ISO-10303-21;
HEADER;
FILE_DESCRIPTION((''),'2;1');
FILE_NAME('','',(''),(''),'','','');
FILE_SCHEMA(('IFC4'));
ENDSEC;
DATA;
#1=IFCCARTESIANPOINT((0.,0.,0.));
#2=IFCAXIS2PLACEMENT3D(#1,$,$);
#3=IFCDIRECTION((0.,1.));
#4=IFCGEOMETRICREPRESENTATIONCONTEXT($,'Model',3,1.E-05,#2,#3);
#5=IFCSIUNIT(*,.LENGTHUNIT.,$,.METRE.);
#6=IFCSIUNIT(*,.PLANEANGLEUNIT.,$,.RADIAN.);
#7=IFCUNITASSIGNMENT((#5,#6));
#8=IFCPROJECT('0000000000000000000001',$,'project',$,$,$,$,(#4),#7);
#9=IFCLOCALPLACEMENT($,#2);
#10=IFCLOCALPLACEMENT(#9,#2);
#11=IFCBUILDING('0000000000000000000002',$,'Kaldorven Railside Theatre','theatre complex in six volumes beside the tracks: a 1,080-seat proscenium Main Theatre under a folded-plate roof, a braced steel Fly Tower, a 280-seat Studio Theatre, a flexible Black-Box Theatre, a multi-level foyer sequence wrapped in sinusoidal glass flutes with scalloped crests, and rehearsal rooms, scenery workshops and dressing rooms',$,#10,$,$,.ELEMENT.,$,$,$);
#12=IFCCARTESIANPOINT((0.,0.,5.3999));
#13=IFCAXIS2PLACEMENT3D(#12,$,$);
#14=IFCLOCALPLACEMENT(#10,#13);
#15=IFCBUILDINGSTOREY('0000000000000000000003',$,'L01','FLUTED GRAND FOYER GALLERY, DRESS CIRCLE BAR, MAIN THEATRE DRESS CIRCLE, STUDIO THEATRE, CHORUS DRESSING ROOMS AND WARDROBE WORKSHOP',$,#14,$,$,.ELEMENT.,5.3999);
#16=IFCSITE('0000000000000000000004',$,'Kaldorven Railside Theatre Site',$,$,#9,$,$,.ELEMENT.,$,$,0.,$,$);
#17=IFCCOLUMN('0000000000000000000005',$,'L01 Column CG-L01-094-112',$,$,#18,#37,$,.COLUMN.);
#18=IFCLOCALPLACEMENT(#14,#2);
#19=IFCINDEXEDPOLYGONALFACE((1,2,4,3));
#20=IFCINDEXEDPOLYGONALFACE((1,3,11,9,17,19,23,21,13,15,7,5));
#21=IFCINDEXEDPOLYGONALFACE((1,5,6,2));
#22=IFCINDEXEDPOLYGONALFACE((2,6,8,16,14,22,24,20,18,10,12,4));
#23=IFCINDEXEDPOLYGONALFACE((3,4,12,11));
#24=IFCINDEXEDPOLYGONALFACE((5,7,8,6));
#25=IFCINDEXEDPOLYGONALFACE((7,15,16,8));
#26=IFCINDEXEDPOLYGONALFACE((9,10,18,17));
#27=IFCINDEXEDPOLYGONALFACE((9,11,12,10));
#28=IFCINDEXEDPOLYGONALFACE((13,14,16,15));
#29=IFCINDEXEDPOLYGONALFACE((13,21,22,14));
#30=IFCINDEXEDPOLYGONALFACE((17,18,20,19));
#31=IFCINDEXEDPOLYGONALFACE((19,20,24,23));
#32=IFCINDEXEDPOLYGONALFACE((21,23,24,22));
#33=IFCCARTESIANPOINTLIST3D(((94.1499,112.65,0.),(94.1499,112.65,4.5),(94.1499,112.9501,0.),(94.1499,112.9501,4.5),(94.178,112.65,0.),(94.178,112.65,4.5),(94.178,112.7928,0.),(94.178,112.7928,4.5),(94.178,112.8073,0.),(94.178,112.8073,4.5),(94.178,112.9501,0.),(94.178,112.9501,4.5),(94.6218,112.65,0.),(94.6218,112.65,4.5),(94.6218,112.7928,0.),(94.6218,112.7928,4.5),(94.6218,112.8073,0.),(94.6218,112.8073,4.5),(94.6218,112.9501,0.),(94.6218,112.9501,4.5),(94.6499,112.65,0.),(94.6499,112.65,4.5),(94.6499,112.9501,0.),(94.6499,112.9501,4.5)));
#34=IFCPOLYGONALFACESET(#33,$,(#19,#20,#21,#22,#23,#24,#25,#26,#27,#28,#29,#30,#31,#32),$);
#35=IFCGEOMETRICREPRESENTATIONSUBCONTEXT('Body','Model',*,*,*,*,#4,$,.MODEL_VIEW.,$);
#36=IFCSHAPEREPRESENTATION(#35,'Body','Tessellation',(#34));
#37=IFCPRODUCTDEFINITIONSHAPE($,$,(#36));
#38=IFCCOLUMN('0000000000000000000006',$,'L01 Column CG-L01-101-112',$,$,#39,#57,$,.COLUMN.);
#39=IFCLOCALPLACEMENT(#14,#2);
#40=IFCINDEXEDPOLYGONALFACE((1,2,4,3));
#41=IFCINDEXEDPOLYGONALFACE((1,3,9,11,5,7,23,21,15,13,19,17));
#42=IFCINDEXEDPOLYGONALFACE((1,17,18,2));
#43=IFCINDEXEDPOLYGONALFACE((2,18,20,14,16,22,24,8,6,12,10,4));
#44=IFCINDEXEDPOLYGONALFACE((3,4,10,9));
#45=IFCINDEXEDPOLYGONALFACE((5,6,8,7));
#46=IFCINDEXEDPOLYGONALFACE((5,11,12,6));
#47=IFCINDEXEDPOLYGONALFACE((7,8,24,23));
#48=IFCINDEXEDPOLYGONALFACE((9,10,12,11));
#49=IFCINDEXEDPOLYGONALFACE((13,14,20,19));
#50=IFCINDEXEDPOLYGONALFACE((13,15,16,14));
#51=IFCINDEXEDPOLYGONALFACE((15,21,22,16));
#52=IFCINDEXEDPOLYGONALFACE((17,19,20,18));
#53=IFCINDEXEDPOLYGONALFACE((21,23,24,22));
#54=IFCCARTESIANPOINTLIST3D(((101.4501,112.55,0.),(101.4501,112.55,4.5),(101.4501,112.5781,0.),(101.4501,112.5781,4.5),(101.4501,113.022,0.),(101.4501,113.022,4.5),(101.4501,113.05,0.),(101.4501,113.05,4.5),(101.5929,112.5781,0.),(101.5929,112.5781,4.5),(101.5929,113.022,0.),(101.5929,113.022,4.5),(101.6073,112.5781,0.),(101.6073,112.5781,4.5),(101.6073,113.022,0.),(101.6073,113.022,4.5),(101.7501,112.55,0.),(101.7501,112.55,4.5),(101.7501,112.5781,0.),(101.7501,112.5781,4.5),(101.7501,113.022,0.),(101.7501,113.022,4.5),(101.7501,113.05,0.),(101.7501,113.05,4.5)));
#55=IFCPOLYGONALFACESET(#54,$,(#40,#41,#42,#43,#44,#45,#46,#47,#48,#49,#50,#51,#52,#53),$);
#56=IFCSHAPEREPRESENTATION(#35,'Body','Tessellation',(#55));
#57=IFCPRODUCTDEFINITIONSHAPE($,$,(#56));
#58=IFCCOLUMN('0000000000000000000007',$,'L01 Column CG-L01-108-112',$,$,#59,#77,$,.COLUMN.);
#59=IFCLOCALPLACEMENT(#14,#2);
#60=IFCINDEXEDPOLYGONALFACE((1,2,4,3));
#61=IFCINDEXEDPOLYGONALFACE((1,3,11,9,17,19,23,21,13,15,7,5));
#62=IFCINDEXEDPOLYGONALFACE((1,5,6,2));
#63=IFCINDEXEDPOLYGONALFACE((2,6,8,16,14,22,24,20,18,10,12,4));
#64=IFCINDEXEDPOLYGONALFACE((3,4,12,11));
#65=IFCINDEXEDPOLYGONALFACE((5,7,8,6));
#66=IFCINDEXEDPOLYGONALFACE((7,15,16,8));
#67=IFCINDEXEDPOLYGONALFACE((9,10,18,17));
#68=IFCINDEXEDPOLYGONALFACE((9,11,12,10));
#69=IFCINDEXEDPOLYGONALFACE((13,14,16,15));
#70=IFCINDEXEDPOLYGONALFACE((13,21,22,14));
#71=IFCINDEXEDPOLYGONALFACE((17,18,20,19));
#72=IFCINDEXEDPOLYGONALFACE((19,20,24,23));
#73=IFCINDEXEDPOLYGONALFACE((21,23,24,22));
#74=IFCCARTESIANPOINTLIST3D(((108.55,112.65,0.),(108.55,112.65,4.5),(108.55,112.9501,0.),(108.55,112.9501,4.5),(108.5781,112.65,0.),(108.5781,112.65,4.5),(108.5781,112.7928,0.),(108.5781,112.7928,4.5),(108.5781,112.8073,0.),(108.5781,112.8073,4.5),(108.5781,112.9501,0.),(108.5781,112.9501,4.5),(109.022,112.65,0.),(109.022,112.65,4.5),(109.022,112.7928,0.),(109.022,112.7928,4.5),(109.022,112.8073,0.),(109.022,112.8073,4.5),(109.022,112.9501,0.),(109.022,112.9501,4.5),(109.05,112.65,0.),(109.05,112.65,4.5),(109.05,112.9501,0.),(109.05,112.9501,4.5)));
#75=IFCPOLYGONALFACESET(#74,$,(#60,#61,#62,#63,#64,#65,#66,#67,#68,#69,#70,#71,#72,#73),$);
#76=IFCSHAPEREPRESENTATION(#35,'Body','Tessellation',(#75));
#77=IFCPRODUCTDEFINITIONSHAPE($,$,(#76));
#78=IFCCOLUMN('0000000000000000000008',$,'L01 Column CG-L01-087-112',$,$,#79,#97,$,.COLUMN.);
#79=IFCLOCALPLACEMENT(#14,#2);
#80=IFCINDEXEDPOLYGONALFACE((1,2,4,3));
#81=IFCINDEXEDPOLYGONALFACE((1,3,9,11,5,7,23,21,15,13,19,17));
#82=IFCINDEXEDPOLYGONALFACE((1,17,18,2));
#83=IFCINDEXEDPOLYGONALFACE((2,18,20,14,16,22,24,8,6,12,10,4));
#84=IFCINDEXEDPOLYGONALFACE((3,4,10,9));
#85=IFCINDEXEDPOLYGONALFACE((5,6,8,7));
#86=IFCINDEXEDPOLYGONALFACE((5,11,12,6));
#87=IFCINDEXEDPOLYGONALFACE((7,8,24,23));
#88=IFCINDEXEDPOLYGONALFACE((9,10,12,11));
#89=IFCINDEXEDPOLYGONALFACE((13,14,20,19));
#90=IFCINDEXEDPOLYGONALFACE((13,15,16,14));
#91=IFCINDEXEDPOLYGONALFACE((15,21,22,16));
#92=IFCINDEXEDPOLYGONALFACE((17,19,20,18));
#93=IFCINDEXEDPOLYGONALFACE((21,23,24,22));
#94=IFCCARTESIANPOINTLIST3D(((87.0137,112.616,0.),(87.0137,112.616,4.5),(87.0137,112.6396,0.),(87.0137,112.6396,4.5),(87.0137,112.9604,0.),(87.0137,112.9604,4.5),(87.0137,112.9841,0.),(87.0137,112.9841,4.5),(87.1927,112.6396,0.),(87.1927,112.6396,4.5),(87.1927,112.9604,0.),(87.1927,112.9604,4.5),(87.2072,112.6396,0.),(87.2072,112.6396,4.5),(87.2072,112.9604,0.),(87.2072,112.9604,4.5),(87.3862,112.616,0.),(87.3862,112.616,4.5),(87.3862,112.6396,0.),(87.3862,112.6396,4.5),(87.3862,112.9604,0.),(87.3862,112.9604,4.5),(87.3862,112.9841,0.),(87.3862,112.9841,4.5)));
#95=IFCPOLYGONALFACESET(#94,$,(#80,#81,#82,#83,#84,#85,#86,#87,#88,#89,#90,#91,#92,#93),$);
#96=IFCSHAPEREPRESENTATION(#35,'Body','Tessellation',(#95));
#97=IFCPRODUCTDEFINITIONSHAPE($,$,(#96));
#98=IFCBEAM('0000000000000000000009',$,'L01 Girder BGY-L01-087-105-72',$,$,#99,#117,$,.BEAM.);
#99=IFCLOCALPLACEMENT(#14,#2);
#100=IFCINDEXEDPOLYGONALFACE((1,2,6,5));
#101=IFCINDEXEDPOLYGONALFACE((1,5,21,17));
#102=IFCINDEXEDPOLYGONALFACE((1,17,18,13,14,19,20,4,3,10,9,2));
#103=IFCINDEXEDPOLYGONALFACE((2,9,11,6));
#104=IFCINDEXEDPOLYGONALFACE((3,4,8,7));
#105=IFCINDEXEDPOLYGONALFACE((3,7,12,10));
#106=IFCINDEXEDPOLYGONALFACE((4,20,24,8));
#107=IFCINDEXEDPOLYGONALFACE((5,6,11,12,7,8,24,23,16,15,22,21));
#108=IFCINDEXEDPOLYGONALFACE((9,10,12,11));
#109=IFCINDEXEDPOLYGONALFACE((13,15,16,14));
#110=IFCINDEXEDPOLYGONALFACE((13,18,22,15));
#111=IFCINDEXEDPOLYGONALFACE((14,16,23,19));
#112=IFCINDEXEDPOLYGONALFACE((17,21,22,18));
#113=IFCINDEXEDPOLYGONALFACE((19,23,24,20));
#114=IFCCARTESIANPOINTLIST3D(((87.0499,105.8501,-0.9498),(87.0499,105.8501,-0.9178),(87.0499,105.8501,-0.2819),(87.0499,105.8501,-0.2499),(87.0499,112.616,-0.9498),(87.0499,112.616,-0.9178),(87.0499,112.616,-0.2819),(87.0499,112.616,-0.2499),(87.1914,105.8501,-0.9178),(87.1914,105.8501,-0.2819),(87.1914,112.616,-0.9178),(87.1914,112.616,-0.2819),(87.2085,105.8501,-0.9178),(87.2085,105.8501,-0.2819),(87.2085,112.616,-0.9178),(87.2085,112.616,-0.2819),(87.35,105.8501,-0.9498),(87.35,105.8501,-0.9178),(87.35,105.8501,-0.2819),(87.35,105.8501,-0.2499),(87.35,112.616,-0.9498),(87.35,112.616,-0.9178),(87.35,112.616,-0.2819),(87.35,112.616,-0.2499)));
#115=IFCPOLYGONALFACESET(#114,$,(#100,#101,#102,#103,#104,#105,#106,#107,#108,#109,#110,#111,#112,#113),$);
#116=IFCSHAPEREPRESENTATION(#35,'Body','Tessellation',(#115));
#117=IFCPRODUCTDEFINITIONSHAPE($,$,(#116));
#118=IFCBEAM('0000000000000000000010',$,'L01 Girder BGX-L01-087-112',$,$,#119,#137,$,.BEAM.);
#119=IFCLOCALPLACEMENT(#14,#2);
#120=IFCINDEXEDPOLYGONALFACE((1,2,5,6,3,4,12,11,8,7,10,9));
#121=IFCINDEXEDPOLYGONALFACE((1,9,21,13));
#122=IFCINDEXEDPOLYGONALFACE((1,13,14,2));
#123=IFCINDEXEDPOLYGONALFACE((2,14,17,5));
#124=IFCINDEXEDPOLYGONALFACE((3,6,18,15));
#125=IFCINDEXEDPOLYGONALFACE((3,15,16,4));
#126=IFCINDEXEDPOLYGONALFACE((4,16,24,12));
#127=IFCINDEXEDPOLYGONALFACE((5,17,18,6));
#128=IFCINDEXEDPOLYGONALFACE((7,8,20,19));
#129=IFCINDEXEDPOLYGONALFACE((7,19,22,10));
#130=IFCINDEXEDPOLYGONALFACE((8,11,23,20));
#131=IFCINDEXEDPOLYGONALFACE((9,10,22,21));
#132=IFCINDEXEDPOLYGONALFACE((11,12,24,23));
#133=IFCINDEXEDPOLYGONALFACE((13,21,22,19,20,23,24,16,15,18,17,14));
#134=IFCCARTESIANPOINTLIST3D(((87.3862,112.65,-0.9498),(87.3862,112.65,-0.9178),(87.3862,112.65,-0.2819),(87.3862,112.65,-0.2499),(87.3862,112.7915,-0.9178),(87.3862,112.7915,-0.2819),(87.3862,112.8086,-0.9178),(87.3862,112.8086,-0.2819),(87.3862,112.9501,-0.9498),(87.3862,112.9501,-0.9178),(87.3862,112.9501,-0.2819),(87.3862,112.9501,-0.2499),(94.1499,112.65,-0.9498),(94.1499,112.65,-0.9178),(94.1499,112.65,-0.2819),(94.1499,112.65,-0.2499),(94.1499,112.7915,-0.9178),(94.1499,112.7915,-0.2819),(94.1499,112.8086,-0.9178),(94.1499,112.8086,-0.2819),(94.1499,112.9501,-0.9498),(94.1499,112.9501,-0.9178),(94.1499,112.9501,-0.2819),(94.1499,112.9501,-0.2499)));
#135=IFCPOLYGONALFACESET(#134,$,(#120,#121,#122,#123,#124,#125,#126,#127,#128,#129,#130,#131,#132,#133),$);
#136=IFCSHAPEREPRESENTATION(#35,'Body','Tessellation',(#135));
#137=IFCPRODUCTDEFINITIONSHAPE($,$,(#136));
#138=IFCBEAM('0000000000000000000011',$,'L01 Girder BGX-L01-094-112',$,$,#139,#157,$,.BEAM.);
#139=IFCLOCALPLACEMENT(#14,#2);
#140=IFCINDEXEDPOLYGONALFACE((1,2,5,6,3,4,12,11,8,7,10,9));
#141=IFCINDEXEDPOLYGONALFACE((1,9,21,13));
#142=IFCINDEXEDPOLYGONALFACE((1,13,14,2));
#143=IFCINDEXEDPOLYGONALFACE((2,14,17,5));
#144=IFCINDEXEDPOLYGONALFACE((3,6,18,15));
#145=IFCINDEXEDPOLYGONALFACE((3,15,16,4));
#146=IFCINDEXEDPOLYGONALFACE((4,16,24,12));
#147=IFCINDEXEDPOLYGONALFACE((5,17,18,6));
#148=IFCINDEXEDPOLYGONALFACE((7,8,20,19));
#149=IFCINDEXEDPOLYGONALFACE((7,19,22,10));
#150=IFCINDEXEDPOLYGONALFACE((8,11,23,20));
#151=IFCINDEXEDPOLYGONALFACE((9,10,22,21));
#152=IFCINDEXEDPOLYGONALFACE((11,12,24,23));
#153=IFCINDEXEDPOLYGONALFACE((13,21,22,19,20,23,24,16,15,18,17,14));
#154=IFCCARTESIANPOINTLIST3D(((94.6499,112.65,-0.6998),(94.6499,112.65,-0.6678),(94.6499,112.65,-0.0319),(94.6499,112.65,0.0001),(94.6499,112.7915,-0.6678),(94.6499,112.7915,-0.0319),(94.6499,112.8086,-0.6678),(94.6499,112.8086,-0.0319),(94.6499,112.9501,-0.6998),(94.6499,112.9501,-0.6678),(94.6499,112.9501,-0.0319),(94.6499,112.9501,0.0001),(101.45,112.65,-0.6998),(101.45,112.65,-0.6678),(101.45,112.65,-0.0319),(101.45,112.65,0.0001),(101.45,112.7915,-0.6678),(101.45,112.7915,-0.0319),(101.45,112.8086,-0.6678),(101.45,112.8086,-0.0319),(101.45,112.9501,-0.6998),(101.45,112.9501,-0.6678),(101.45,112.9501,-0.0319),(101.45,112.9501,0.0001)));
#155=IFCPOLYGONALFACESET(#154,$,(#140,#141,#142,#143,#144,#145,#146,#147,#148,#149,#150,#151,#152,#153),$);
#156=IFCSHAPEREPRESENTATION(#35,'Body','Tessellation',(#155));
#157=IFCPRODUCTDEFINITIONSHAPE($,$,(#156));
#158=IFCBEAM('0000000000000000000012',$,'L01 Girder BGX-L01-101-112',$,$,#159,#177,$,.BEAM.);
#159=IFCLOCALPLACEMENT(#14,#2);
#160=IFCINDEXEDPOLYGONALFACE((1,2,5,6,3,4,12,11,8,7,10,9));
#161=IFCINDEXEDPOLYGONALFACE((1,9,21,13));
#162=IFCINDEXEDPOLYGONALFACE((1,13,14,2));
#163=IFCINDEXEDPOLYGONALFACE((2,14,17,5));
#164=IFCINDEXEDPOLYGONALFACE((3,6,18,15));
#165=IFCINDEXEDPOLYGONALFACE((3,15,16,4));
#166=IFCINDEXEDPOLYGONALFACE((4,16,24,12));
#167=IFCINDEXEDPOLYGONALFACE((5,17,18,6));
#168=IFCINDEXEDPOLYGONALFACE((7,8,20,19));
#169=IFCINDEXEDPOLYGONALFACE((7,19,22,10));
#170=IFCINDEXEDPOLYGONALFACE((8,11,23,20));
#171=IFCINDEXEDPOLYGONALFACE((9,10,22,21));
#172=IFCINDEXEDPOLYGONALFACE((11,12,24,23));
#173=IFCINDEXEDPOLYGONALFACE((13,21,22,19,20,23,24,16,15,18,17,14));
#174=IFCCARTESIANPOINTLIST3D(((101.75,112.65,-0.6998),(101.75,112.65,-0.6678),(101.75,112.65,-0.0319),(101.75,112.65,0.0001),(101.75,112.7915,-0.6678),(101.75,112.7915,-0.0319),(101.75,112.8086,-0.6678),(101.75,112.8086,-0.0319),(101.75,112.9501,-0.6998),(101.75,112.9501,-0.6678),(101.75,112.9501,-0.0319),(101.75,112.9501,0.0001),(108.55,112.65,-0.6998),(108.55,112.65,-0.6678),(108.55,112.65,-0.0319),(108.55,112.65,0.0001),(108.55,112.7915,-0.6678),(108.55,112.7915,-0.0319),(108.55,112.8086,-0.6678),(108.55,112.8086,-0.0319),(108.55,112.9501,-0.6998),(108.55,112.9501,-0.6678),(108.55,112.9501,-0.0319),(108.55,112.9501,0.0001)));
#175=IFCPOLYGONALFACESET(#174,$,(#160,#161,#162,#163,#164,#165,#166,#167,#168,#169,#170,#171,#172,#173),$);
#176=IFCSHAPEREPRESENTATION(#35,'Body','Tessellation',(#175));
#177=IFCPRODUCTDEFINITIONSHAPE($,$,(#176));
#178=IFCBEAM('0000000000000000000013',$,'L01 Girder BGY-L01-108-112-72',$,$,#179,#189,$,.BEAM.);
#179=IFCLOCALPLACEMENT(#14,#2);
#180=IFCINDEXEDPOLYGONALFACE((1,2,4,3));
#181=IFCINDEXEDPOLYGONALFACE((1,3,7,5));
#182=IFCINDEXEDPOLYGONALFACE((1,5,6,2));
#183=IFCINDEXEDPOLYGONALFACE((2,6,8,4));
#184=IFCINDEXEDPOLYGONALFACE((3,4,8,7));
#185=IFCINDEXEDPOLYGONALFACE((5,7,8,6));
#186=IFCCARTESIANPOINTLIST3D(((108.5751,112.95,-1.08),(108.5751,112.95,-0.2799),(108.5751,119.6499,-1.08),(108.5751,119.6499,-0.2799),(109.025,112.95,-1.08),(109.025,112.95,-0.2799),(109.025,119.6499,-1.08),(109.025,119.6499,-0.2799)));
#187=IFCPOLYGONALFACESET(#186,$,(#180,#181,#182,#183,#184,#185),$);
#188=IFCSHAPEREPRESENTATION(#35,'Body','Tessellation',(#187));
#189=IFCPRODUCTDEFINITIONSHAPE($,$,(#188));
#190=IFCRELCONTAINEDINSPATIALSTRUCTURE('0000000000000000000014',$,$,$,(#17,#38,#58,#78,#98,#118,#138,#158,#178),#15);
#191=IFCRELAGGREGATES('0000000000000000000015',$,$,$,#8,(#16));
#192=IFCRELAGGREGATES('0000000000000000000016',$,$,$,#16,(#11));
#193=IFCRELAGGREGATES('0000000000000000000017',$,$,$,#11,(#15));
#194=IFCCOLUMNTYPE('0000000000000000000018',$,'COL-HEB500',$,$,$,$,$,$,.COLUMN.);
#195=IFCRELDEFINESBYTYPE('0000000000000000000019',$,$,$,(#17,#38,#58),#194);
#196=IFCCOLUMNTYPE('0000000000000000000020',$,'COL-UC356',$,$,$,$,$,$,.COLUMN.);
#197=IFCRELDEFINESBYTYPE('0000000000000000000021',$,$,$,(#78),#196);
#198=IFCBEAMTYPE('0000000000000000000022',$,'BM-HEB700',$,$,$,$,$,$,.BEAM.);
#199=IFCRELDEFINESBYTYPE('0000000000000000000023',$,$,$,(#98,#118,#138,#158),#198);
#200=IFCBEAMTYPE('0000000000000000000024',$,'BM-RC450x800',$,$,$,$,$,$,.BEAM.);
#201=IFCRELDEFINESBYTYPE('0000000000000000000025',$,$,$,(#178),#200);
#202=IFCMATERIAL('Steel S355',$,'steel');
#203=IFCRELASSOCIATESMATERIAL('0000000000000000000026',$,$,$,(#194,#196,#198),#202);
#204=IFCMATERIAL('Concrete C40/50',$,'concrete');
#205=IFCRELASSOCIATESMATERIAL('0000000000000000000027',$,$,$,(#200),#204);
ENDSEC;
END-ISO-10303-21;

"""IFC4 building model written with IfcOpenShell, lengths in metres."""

from ifc_helpers import new_model, si_unit, direction, frame, origin, origin_2d, place, context, subcontext, project, spatial, rectangle, i_section, extrude, material, material_profile, profile_set, type_object, element, save


model = new_model("IFC4")

# Units and contexts
model_context = context("Model", 3, precision=1e-05, world=origin(), true_north=direction((0.0, 1.0)))
body_context = subcontext(model_context, "Body", "Model", "MODEL_VIEW")
ifc_project = project(units=[si_unit("LENGTHUNIT", "METRE"), si_unit("PLANEANGLEUNIT", "RADIAN")], contexts=[model_context])

# Site, building, storey
site_placement = place(None, origin())
site = spatial("IfcSite", under=ifc_project, at=site_placement, Name="Kaldorven Railside Theatre Site", CompositionType="ELEMENT", RefElevation=0.0)
building_placement = place(site_placement, origin())
building = spatial("IfcBuilding", under=site, at=building_placement, Name="Kaldorven Railside Theatre", Description="theatre complex in six volumes beside the tracks: a 1,080-seat proscenium Main Theatre under a folded-plate roof, a braced steel Fly Tower, a 280-seat Studio Theatre, a flexible Black-Box Theatre, a multi-level foyer sequence wrapped in sinusoidal glass flutes with scalloped crests, and rehearsal rooms, scenery workshops and dressing rooms", CompositionType="ELEMENT")
storey_placement = place(building_placement, frame((0.0, 0.0, 5.3999)))
storey = spatial("IfcBuildingStorey", under=building, at=storey_placement, Name="L01", Description="FLUTED GRAND FOYER GALLERY, DRESS CIRCLE BAR, MAIN THEATRE DRESS CIRCLE, STUDIO THEATRE, CHORUS DRESSING ROOMS AND WARDROBE WORKSHOP", CompositionType="ELEMENT", Elevation=5.3999)

# Columns
ifc_material_1 = material(Name="Steel S355", Category="steel")
ifc_material_profile_1 = material_profile(ifc_material_1, i_section(OverallWidth=0.3, OverallDepth=0.5, WebThickness=0.0144, FlangeThickness=0.0281, at=origin_2d()), Name="HEB 500")
ifc_profile_set_1 = profile_set([ifc_material_profile_1], Name="Steel S355")
column_type_1 = type_object("IfcColumnType", Name="COL-HEB500", PredefinedType="COLUMN", material=ifc_profile_set_1)
for number, where, z_axis, x_axis, name in (
    (1, (94.3999, 112.8, 0.0), (0.0, 0.0, 1.0), (0.0, 1.0, 0.0), "L01 Column CG-L01-094-112"),
    (2, (101.6001, 112.8, 0.0), (0.0, 0.0, 1.0), (1.0, 0.0, 0.0), "L01 Column CG-L01-101-112"),
    (3, (108.8, 112.8, 0.0), (0.0, 0.0, 1.0), (0.0, 1.0, 0.0), "L01 Column CG-L01-108-112"),
):
    element("IfcColumn", number, at=place(storey_placement, frame(where, z_axis=z_axis, x_axis=x_axis)), inside=storey, type_object=column_type_1, Name=name, PredefinedType="COLUMN", context=body_context, shape_type="SweptSolid", body=[
        extrude(i_section(OverallWidth=0.3, OverallDepth=0.5, WebThickness=0.0144, FlangeThickness=0.0281, at=origin_2d()), origin(), (0.0, 0.0, 1.0), 4.5),
    ])
ifc_material_profile_2 = material_profile(ifc_material_1, i_section(OverallWidth=0.3726, OverallDepth=0.3682, WebThickness=0.0144, FlangeThickness=0.0237, at=origin_2d()), Name="UC 356x368x177")
ifc_profile_set_2 = profile_set([ifc_material_profile_2], Name="Steel S355")
column_type_2 = type_object("IfcColumnType", Name="COL-UC356", PredefinedType="COLUMN", material=ifc_profile_set_2)
column_placement = place(storey_placement, frame((87.2, 112.8, 0.0), z_axis=(0.0, 0.0, 1.0), x_axis=(1.0, 0.0, 0.0)))
element("IfcColumn", 4, at=column_placement, inside=storey, type_object=column_type_2, Name="L01 Column CG-L01-087-112", PredefinedType="COLUMN", context=body_context, shape_type="SweptSolid", body=[
    extrude(i_section(OverallWidth=0.3726, OverallDepth=0.3682, WebThickness=0.0144, FlangeThickness=0.0237, at=origin_2d()), origin(), (0.0, 0.0, 1.0), 4.5),
])

# Beams
ifc_material_profile_3 = material_profile(ifc_material_1, i_section(OverallWidth=0.3, OverallDepth=0.7, WebThickness=0.0171, FlangeThickness=0.032, at=origin_2d()), Name="HEB 700")
ifc_profile_set_3 = profile_set([ifc_material_profile_3], Name="Steel S355")
beam_type_1 = type_object("IfcBeamType", Name="BM-HEB700", PredefinedType="BEAM", material=ifc_profile_set_3)
beam_1_placement = place(storey_placement, frame((87.2, 105.8501, -0.5999), z_axis=(0.0, 1.0, 0.0), x_axis=(-1.0, 0.0, 0.0)))
element("IfcBeam", 5, at=beam_1_placement, inside=storey, type_object=beam_type_1, Name="L01 Girder BGY-L01-087-105-72", PredefinedType="BEAM", context=body_context, shape_type="SweptSolid", body=[
    extrude(i_section(OverallWidth=0.3, OverallDepth=0.7, WebThickness=0.0171, FlangeThickness=0.032, at=origin_2d()), origin(), (0.0, 0.0, 1.0), 6.7659),
])
beam_2_placement = place(storey_placement, frame((87.3862, 112.8, -0.5999), z_axis=(1.0, 0.0, 0.0), x_axis=(0.0, 1.0, 0.0)))
element("IfcBeam", 6, at=beam_2_placement, inside=storey, type_object=beam_type_1, Name="L01 Girder BGX-L01-087-112", PredefinedType="BEAM", context=body_context, shape_type="SweptSolid", body=[
    extrude(i_section(OverallWidth=0.3, OverallDepth=0.7, WebThickness=0.0171, FlangeThickness=0.032, at=origin_2d()), origin(), (0.0, 0.0, 1.0), 6.7637),
])
for number, where, z_axis, x_axis, name in (
    (7, (94.6499, 112.8, -0.3499), (1.0, 0.0, 0.0), (0.0, 1.0, 0.0), "L01 Girder BGX-L01-094-112"),
    (8, (101.75, 112.8, -0.3499), (1.0, 0.0, 0.0), (0.0, 1.0, 0.0), "L01 Girder BGX-L01-101-112"),
):
    element("IfcBeam", number, at=place(storey_placement, frame(where, z_axis=z_axis, x_axis=x_axis)), inside=storey, type_object=beam_type_1, Name=name, PredefinedType="BEAM", context=body_context, shape_type="SweptSolid", body=[
        extrude(i_section(OverallWidth=0.3, OverallDepth=0.7, WebThickness=0.0171, FlangeThickness=0.032, at=origin_2d()), origin(), (0.0, 0.0, 1.0), 6.8),
    ])
ifc_material_2 = material(Name="Concrete C40/50", Category="concrete")
ifc_material_profile_4 = material_profile(ifc_material_2, rectangle(XDim=0.45, YDim=0.8, at=origin_2d()), Name="RC 450x800")
ifc_profile_set_4 = profile_set([ifc_material_profile_4], Name="Concrete C40/50")
beam_type_2 = type_object("IfcBeamType", Name="BM-RC450x800", PredefinedType="BEAM", material=ifc_profile_set_4)
beam_3_placement = place(storey_placement, frame((108.8, 112.95, -0.6799), z_axis=(0.0, 1.0, 0.0), x_axis=(-1.0, 0.0, 0.0)))
element("IfcBeam", 9, at=beam_3_placement, inside=storey, type_object=beam_type_2, Name="L01 Girder BGY-L01-108-112-72", PredefinedType="BEAM", context=body_context, shape_type="SweptSolid", body=[
    extrude(rectangle(XDim=0.45, YDim=0.8, at=origin_2d()), origin(), (0.0, 0.0, 1.0), 6.7),
])

save(model, "model.ifc")
